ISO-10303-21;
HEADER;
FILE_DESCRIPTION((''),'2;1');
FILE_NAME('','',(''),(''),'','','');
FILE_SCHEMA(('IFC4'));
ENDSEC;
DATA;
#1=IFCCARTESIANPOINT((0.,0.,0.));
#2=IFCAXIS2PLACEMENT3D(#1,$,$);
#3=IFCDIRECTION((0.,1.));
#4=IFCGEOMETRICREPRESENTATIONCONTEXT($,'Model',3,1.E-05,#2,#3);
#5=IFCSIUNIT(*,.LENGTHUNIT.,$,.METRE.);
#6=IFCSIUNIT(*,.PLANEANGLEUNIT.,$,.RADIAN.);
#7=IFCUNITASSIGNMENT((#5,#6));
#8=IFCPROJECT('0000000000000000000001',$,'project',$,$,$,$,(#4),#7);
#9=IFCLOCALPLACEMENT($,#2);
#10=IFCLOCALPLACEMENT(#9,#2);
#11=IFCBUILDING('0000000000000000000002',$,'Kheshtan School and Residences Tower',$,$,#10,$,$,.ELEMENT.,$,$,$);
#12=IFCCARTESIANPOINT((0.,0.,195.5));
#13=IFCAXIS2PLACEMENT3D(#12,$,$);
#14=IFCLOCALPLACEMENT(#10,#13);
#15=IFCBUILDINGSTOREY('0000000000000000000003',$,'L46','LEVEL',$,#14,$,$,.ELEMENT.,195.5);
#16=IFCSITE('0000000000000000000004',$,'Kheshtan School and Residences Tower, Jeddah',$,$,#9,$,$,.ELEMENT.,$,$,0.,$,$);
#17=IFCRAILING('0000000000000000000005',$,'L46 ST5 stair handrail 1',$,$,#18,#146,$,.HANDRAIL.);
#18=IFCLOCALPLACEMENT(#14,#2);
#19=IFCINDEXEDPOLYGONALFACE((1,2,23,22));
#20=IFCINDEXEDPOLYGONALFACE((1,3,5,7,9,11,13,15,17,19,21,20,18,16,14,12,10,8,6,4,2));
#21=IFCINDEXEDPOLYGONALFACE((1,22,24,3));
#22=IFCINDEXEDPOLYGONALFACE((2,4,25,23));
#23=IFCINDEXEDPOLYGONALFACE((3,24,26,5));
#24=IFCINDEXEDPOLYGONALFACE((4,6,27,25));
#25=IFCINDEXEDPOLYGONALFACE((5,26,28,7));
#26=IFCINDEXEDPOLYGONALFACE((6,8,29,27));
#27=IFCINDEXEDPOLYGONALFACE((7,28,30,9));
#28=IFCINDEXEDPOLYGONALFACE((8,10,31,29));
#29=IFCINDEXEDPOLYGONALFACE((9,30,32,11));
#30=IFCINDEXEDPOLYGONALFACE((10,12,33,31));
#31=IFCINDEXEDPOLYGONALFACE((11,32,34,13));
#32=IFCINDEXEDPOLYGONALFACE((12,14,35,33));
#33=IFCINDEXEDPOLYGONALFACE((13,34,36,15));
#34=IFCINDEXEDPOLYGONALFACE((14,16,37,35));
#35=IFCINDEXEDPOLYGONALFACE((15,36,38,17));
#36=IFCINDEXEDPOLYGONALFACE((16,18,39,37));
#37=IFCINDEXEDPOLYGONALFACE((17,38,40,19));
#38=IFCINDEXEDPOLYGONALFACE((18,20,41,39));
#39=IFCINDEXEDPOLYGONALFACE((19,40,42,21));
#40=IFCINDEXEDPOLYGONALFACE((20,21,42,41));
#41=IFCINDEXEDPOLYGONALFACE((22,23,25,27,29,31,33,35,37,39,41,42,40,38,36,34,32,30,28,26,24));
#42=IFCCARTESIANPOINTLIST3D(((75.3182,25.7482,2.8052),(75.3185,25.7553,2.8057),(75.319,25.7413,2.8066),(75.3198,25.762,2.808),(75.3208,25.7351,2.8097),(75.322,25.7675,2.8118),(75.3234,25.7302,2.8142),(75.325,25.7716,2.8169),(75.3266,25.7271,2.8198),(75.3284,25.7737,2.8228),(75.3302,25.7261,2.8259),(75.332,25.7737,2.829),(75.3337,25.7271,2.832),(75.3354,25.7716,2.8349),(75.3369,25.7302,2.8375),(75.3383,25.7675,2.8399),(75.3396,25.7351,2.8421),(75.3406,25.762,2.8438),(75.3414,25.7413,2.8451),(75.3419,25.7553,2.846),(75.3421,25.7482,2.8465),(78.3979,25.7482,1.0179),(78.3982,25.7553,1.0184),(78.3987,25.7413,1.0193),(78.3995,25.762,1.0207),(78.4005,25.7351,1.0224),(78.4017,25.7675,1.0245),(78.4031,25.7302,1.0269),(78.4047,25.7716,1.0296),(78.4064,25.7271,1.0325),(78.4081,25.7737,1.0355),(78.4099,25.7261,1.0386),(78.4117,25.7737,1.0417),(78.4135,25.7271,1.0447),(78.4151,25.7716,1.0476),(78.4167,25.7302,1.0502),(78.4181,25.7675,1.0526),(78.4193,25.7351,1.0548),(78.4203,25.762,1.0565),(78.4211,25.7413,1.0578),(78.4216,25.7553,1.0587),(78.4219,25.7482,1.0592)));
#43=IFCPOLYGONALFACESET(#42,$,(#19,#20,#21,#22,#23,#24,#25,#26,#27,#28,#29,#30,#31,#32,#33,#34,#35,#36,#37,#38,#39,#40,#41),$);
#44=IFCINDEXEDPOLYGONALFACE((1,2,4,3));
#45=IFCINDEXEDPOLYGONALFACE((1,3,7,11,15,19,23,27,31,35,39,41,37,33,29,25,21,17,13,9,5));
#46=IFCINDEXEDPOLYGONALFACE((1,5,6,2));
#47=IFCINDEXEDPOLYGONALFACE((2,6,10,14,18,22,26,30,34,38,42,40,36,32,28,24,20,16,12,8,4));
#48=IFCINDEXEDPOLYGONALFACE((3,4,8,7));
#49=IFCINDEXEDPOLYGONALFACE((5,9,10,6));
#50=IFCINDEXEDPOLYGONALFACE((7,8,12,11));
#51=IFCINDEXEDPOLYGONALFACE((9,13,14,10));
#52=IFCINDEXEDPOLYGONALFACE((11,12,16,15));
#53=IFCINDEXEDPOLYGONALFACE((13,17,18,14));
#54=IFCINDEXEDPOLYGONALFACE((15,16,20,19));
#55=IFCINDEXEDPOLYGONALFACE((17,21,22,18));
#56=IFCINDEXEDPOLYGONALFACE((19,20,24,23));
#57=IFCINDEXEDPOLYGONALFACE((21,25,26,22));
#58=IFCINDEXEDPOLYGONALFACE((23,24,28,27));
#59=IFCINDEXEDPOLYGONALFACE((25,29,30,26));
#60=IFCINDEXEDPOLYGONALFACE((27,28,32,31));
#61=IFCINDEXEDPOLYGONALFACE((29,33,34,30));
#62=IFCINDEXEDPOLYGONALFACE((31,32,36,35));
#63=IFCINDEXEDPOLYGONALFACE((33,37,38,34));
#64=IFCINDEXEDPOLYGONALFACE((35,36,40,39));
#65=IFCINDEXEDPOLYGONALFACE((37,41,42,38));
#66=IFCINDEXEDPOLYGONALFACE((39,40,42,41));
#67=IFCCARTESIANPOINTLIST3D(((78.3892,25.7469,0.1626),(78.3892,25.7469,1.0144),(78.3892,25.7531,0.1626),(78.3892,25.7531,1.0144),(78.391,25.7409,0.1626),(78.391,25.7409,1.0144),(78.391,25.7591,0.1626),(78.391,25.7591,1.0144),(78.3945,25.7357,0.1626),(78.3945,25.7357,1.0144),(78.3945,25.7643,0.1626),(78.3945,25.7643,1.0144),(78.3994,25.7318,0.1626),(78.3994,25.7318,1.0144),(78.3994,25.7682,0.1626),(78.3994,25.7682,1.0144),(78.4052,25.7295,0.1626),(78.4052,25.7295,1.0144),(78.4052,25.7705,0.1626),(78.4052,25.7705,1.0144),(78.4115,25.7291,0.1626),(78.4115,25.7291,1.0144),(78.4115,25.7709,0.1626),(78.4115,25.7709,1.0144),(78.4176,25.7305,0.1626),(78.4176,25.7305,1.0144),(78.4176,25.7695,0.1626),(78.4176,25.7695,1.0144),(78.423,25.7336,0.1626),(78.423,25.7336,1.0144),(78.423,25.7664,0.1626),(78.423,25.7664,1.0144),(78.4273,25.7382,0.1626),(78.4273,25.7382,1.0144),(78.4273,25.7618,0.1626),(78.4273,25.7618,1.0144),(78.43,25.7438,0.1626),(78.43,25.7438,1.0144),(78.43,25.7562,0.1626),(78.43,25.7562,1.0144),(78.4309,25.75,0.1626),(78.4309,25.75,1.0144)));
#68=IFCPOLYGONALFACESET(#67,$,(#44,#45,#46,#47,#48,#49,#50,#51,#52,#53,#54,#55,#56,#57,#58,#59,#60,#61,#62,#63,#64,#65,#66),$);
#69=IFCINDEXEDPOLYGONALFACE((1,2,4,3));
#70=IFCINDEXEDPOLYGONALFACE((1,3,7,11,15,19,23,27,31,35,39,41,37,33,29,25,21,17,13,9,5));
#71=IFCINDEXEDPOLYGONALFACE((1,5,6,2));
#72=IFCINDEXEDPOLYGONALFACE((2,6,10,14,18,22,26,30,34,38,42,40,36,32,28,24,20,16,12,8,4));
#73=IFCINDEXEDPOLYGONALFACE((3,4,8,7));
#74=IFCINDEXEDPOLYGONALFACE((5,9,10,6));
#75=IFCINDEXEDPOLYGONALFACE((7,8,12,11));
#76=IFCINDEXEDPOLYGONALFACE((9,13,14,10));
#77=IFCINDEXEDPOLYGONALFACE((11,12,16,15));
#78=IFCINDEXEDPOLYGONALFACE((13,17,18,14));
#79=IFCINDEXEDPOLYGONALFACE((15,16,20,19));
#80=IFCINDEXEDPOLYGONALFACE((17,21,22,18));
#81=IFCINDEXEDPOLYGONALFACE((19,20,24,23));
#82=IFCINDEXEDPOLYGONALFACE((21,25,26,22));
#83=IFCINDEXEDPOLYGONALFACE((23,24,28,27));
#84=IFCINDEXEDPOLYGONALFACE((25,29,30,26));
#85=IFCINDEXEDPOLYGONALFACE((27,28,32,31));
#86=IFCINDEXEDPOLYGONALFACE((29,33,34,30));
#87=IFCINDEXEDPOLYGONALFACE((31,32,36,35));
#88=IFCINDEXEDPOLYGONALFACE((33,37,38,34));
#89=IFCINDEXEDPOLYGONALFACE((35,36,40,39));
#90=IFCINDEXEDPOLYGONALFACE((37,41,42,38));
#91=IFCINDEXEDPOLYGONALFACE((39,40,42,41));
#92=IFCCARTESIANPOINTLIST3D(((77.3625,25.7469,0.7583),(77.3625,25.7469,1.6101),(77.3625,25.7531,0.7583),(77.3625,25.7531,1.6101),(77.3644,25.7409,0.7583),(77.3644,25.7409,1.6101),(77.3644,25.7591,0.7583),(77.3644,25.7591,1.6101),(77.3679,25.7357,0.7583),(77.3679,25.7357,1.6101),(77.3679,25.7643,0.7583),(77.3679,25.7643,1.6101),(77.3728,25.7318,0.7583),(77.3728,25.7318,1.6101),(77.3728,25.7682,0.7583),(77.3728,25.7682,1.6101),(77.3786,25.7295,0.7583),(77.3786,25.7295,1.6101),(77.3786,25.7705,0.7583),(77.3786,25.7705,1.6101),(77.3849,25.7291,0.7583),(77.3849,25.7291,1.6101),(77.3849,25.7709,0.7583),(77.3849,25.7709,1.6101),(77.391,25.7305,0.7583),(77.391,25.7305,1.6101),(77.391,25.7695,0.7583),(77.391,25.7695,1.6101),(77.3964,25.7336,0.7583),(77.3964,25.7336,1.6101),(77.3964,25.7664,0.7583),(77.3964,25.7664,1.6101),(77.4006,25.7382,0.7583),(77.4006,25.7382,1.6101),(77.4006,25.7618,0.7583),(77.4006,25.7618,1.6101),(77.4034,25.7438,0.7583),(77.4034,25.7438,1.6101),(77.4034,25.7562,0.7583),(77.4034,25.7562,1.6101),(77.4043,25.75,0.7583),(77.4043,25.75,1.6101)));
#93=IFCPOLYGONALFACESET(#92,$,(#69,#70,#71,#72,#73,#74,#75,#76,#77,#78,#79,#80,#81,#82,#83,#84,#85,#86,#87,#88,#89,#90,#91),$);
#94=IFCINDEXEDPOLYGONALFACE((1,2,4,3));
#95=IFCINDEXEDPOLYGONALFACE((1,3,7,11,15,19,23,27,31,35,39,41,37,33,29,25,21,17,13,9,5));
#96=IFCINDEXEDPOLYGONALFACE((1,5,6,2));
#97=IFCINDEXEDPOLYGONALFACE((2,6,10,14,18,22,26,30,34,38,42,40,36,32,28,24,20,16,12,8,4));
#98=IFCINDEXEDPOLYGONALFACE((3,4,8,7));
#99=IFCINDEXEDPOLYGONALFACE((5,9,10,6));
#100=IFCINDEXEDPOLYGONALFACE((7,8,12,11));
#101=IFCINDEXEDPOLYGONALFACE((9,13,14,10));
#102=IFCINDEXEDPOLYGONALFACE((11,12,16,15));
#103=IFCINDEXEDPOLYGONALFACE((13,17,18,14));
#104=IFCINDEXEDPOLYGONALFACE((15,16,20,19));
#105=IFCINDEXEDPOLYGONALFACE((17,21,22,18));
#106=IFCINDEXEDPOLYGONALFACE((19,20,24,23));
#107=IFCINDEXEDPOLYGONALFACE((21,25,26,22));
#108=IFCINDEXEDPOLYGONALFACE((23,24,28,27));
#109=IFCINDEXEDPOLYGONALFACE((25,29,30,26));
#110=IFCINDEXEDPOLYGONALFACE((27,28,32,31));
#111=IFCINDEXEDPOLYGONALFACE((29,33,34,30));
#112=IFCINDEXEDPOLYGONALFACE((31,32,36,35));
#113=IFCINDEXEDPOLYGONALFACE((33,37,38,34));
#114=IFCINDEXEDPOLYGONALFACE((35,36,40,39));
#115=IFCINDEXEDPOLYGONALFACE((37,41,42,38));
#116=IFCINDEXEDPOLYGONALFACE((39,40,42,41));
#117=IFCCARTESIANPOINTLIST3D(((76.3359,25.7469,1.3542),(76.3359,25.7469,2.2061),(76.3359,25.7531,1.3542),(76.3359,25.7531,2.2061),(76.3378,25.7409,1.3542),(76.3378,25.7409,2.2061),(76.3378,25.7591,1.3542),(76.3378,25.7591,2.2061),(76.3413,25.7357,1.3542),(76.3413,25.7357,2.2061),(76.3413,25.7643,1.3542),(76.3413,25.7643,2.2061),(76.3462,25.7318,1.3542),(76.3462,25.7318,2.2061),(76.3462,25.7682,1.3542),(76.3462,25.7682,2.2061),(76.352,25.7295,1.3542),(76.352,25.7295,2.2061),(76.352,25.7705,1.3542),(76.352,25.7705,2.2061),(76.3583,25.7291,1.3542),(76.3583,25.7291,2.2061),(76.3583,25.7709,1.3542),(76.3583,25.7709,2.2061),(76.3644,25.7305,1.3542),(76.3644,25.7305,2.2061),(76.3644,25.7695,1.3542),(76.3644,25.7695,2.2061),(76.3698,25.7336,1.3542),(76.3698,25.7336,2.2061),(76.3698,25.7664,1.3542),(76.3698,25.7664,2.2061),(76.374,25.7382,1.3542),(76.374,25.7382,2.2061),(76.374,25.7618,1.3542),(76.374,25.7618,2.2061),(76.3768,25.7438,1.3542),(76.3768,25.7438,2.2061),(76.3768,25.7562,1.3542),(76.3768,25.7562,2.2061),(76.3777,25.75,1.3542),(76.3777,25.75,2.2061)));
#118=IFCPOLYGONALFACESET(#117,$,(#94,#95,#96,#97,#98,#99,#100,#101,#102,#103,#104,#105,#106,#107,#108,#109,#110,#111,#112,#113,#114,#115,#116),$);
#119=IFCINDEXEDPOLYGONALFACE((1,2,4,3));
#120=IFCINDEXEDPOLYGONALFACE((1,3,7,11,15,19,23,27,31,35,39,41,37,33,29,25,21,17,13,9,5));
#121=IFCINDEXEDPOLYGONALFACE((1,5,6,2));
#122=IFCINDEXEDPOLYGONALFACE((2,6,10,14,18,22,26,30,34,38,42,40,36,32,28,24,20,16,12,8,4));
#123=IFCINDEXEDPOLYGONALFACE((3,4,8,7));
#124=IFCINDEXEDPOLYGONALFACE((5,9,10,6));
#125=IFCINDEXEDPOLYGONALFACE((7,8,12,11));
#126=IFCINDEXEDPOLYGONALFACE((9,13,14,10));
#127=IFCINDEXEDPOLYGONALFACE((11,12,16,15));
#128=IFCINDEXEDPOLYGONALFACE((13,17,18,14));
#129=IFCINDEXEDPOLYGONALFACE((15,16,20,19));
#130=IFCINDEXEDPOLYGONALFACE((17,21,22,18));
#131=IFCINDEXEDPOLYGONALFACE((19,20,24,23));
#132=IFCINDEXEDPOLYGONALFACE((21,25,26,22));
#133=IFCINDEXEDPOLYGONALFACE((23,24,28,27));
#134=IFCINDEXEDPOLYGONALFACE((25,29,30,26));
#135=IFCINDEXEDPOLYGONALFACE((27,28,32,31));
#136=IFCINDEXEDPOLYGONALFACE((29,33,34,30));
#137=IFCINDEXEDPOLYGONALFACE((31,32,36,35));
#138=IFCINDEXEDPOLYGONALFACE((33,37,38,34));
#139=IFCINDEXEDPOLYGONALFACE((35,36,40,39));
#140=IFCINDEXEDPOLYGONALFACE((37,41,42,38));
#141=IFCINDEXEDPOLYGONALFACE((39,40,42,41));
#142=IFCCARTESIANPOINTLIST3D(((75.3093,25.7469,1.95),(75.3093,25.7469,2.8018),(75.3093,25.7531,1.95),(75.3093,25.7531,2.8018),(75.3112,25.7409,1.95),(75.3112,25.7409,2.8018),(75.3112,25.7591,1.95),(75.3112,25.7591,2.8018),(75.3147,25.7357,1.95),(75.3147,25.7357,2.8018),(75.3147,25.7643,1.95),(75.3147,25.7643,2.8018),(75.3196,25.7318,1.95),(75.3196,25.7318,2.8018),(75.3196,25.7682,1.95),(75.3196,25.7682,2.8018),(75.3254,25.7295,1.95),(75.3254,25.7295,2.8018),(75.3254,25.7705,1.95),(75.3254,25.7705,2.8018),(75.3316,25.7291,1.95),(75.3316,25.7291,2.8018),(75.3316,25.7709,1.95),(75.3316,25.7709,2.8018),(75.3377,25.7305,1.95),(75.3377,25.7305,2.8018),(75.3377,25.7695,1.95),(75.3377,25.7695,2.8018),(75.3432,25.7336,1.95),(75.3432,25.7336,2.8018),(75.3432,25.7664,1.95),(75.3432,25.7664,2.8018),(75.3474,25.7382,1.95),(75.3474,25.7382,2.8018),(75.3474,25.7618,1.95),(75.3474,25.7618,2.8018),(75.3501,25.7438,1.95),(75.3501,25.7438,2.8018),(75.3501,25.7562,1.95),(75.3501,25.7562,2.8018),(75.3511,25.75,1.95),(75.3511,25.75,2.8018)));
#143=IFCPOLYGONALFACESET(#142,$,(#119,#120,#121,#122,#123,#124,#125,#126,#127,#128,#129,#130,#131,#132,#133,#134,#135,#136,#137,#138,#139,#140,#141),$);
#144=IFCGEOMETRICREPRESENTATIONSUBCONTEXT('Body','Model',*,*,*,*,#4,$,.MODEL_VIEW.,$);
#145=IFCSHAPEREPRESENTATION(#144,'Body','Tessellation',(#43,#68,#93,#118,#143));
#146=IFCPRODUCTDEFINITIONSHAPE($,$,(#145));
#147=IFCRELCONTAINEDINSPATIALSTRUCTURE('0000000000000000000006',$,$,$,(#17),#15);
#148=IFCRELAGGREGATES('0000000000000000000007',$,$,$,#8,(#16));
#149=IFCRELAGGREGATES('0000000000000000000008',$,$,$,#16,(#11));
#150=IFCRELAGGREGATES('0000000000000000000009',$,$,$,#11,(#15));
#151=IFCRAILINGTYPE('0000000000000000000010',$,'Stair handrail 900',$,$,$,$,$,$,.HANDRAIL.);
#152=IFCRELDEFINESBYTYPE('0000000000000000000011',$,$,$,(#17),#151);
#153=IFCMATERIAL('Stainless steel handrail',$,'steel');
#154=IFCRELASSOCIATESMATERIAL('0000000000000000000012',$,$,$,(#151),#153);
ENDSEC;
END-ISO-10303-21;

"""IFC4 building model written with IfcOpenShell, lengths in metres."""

from ifc_helpers import new_model, si_unit, direction, frame, origin, origin_2d, place, context, subcontext, project, spatial, circle, extrude, material, type_object, element, save


model = new_model("IFC4")

# Units and contexts
model_context = context("Model", 3, precision=1e-05, world=origin(), true_north=direction((0.0, 1.0)))
body_context = subcontext(model_context, "Body", "Model", "MODEL_VIEW")
ifc_project = project(units=[si_unit("LENGTHUNIT", "METRE"), si_unit("PLANEANGLEUNIT", "RADIAN")], contexts=[model_context])

# Site, building, storey
site_placement = place(None, origin())
site = spatial("IfcSite", under=ifc_project, at=site_placement, Name="Kheshtan School and Residences Tower, Jeddah", CompositionType="ELEMENT", RefElevation=0.0)
building_placement = place(site_placement, origin())
building = spatial("IfcBuilding", under=site, at=building_placement, Name="Kheshtan School and Residences Tower", CompositionType="ELEMENT")
storey_placement = place(building_placement, frame((0.0, 0.0, 195.5)))
storey = spatial("IfcBuildingStorey", under=building, at=storey_placement, Name="L46", Description="LEVEL", CompositionType="ELEMENT", Elevation=195.5)

# Railing
ifc_material_1 = material(Name="Stainless steel handrail", Category="steel")
railing_type_1 = type_object("IfcRailingType", Name="Stair handrail 900", PredefinedType="HANDRAIL", material=ifc_material_1)
railing_1_placement = place(storey_placement, frame((78.4099, 25.75, 0.1626)))
element("IfcRailing", 1, at=railing_1_placement, inside=storey, type_object=railing_type_1, Name="L46 ST5 stair handrail 1", PredefinedType="HANDRAIL", context=body_context, shape_type="SweptSolid", body=[
    extrude(circle(Radius=0.0239, at=origin_2d()), frame((0.0, 0.0, 0.876), z_axis=(-0.864903, 0.0, 0.501939), x_axis=(0.0, -1.0, 0.0)), (0.0, 0.0, 1.0), 3.5608),
    extrude(circle(Radius=0.021, at=origin_2d()), origin(), (0.0, 0.0, 1.0), 0.8518),
    extrude(circle(Radius=0.021, at=origin_2d()), frame((-1.0266, 0.0, 0.5957)), (0.0, 0.0, 1.0), 0.8518),
    extrude(circle(Radius=0.021, at=origin_2d()), frame((-2.0532, 0.0, 1.1917)), (0.0, 0.0, 1.0), 0.8518),
    extrude(circle(Radius=0.021, at=origin_2d()), frame((-3.0798, 0.0, 1.7874)), (0.0, 0.0, 1.0), 0.8518),
])

save(model, "model.ifc")
